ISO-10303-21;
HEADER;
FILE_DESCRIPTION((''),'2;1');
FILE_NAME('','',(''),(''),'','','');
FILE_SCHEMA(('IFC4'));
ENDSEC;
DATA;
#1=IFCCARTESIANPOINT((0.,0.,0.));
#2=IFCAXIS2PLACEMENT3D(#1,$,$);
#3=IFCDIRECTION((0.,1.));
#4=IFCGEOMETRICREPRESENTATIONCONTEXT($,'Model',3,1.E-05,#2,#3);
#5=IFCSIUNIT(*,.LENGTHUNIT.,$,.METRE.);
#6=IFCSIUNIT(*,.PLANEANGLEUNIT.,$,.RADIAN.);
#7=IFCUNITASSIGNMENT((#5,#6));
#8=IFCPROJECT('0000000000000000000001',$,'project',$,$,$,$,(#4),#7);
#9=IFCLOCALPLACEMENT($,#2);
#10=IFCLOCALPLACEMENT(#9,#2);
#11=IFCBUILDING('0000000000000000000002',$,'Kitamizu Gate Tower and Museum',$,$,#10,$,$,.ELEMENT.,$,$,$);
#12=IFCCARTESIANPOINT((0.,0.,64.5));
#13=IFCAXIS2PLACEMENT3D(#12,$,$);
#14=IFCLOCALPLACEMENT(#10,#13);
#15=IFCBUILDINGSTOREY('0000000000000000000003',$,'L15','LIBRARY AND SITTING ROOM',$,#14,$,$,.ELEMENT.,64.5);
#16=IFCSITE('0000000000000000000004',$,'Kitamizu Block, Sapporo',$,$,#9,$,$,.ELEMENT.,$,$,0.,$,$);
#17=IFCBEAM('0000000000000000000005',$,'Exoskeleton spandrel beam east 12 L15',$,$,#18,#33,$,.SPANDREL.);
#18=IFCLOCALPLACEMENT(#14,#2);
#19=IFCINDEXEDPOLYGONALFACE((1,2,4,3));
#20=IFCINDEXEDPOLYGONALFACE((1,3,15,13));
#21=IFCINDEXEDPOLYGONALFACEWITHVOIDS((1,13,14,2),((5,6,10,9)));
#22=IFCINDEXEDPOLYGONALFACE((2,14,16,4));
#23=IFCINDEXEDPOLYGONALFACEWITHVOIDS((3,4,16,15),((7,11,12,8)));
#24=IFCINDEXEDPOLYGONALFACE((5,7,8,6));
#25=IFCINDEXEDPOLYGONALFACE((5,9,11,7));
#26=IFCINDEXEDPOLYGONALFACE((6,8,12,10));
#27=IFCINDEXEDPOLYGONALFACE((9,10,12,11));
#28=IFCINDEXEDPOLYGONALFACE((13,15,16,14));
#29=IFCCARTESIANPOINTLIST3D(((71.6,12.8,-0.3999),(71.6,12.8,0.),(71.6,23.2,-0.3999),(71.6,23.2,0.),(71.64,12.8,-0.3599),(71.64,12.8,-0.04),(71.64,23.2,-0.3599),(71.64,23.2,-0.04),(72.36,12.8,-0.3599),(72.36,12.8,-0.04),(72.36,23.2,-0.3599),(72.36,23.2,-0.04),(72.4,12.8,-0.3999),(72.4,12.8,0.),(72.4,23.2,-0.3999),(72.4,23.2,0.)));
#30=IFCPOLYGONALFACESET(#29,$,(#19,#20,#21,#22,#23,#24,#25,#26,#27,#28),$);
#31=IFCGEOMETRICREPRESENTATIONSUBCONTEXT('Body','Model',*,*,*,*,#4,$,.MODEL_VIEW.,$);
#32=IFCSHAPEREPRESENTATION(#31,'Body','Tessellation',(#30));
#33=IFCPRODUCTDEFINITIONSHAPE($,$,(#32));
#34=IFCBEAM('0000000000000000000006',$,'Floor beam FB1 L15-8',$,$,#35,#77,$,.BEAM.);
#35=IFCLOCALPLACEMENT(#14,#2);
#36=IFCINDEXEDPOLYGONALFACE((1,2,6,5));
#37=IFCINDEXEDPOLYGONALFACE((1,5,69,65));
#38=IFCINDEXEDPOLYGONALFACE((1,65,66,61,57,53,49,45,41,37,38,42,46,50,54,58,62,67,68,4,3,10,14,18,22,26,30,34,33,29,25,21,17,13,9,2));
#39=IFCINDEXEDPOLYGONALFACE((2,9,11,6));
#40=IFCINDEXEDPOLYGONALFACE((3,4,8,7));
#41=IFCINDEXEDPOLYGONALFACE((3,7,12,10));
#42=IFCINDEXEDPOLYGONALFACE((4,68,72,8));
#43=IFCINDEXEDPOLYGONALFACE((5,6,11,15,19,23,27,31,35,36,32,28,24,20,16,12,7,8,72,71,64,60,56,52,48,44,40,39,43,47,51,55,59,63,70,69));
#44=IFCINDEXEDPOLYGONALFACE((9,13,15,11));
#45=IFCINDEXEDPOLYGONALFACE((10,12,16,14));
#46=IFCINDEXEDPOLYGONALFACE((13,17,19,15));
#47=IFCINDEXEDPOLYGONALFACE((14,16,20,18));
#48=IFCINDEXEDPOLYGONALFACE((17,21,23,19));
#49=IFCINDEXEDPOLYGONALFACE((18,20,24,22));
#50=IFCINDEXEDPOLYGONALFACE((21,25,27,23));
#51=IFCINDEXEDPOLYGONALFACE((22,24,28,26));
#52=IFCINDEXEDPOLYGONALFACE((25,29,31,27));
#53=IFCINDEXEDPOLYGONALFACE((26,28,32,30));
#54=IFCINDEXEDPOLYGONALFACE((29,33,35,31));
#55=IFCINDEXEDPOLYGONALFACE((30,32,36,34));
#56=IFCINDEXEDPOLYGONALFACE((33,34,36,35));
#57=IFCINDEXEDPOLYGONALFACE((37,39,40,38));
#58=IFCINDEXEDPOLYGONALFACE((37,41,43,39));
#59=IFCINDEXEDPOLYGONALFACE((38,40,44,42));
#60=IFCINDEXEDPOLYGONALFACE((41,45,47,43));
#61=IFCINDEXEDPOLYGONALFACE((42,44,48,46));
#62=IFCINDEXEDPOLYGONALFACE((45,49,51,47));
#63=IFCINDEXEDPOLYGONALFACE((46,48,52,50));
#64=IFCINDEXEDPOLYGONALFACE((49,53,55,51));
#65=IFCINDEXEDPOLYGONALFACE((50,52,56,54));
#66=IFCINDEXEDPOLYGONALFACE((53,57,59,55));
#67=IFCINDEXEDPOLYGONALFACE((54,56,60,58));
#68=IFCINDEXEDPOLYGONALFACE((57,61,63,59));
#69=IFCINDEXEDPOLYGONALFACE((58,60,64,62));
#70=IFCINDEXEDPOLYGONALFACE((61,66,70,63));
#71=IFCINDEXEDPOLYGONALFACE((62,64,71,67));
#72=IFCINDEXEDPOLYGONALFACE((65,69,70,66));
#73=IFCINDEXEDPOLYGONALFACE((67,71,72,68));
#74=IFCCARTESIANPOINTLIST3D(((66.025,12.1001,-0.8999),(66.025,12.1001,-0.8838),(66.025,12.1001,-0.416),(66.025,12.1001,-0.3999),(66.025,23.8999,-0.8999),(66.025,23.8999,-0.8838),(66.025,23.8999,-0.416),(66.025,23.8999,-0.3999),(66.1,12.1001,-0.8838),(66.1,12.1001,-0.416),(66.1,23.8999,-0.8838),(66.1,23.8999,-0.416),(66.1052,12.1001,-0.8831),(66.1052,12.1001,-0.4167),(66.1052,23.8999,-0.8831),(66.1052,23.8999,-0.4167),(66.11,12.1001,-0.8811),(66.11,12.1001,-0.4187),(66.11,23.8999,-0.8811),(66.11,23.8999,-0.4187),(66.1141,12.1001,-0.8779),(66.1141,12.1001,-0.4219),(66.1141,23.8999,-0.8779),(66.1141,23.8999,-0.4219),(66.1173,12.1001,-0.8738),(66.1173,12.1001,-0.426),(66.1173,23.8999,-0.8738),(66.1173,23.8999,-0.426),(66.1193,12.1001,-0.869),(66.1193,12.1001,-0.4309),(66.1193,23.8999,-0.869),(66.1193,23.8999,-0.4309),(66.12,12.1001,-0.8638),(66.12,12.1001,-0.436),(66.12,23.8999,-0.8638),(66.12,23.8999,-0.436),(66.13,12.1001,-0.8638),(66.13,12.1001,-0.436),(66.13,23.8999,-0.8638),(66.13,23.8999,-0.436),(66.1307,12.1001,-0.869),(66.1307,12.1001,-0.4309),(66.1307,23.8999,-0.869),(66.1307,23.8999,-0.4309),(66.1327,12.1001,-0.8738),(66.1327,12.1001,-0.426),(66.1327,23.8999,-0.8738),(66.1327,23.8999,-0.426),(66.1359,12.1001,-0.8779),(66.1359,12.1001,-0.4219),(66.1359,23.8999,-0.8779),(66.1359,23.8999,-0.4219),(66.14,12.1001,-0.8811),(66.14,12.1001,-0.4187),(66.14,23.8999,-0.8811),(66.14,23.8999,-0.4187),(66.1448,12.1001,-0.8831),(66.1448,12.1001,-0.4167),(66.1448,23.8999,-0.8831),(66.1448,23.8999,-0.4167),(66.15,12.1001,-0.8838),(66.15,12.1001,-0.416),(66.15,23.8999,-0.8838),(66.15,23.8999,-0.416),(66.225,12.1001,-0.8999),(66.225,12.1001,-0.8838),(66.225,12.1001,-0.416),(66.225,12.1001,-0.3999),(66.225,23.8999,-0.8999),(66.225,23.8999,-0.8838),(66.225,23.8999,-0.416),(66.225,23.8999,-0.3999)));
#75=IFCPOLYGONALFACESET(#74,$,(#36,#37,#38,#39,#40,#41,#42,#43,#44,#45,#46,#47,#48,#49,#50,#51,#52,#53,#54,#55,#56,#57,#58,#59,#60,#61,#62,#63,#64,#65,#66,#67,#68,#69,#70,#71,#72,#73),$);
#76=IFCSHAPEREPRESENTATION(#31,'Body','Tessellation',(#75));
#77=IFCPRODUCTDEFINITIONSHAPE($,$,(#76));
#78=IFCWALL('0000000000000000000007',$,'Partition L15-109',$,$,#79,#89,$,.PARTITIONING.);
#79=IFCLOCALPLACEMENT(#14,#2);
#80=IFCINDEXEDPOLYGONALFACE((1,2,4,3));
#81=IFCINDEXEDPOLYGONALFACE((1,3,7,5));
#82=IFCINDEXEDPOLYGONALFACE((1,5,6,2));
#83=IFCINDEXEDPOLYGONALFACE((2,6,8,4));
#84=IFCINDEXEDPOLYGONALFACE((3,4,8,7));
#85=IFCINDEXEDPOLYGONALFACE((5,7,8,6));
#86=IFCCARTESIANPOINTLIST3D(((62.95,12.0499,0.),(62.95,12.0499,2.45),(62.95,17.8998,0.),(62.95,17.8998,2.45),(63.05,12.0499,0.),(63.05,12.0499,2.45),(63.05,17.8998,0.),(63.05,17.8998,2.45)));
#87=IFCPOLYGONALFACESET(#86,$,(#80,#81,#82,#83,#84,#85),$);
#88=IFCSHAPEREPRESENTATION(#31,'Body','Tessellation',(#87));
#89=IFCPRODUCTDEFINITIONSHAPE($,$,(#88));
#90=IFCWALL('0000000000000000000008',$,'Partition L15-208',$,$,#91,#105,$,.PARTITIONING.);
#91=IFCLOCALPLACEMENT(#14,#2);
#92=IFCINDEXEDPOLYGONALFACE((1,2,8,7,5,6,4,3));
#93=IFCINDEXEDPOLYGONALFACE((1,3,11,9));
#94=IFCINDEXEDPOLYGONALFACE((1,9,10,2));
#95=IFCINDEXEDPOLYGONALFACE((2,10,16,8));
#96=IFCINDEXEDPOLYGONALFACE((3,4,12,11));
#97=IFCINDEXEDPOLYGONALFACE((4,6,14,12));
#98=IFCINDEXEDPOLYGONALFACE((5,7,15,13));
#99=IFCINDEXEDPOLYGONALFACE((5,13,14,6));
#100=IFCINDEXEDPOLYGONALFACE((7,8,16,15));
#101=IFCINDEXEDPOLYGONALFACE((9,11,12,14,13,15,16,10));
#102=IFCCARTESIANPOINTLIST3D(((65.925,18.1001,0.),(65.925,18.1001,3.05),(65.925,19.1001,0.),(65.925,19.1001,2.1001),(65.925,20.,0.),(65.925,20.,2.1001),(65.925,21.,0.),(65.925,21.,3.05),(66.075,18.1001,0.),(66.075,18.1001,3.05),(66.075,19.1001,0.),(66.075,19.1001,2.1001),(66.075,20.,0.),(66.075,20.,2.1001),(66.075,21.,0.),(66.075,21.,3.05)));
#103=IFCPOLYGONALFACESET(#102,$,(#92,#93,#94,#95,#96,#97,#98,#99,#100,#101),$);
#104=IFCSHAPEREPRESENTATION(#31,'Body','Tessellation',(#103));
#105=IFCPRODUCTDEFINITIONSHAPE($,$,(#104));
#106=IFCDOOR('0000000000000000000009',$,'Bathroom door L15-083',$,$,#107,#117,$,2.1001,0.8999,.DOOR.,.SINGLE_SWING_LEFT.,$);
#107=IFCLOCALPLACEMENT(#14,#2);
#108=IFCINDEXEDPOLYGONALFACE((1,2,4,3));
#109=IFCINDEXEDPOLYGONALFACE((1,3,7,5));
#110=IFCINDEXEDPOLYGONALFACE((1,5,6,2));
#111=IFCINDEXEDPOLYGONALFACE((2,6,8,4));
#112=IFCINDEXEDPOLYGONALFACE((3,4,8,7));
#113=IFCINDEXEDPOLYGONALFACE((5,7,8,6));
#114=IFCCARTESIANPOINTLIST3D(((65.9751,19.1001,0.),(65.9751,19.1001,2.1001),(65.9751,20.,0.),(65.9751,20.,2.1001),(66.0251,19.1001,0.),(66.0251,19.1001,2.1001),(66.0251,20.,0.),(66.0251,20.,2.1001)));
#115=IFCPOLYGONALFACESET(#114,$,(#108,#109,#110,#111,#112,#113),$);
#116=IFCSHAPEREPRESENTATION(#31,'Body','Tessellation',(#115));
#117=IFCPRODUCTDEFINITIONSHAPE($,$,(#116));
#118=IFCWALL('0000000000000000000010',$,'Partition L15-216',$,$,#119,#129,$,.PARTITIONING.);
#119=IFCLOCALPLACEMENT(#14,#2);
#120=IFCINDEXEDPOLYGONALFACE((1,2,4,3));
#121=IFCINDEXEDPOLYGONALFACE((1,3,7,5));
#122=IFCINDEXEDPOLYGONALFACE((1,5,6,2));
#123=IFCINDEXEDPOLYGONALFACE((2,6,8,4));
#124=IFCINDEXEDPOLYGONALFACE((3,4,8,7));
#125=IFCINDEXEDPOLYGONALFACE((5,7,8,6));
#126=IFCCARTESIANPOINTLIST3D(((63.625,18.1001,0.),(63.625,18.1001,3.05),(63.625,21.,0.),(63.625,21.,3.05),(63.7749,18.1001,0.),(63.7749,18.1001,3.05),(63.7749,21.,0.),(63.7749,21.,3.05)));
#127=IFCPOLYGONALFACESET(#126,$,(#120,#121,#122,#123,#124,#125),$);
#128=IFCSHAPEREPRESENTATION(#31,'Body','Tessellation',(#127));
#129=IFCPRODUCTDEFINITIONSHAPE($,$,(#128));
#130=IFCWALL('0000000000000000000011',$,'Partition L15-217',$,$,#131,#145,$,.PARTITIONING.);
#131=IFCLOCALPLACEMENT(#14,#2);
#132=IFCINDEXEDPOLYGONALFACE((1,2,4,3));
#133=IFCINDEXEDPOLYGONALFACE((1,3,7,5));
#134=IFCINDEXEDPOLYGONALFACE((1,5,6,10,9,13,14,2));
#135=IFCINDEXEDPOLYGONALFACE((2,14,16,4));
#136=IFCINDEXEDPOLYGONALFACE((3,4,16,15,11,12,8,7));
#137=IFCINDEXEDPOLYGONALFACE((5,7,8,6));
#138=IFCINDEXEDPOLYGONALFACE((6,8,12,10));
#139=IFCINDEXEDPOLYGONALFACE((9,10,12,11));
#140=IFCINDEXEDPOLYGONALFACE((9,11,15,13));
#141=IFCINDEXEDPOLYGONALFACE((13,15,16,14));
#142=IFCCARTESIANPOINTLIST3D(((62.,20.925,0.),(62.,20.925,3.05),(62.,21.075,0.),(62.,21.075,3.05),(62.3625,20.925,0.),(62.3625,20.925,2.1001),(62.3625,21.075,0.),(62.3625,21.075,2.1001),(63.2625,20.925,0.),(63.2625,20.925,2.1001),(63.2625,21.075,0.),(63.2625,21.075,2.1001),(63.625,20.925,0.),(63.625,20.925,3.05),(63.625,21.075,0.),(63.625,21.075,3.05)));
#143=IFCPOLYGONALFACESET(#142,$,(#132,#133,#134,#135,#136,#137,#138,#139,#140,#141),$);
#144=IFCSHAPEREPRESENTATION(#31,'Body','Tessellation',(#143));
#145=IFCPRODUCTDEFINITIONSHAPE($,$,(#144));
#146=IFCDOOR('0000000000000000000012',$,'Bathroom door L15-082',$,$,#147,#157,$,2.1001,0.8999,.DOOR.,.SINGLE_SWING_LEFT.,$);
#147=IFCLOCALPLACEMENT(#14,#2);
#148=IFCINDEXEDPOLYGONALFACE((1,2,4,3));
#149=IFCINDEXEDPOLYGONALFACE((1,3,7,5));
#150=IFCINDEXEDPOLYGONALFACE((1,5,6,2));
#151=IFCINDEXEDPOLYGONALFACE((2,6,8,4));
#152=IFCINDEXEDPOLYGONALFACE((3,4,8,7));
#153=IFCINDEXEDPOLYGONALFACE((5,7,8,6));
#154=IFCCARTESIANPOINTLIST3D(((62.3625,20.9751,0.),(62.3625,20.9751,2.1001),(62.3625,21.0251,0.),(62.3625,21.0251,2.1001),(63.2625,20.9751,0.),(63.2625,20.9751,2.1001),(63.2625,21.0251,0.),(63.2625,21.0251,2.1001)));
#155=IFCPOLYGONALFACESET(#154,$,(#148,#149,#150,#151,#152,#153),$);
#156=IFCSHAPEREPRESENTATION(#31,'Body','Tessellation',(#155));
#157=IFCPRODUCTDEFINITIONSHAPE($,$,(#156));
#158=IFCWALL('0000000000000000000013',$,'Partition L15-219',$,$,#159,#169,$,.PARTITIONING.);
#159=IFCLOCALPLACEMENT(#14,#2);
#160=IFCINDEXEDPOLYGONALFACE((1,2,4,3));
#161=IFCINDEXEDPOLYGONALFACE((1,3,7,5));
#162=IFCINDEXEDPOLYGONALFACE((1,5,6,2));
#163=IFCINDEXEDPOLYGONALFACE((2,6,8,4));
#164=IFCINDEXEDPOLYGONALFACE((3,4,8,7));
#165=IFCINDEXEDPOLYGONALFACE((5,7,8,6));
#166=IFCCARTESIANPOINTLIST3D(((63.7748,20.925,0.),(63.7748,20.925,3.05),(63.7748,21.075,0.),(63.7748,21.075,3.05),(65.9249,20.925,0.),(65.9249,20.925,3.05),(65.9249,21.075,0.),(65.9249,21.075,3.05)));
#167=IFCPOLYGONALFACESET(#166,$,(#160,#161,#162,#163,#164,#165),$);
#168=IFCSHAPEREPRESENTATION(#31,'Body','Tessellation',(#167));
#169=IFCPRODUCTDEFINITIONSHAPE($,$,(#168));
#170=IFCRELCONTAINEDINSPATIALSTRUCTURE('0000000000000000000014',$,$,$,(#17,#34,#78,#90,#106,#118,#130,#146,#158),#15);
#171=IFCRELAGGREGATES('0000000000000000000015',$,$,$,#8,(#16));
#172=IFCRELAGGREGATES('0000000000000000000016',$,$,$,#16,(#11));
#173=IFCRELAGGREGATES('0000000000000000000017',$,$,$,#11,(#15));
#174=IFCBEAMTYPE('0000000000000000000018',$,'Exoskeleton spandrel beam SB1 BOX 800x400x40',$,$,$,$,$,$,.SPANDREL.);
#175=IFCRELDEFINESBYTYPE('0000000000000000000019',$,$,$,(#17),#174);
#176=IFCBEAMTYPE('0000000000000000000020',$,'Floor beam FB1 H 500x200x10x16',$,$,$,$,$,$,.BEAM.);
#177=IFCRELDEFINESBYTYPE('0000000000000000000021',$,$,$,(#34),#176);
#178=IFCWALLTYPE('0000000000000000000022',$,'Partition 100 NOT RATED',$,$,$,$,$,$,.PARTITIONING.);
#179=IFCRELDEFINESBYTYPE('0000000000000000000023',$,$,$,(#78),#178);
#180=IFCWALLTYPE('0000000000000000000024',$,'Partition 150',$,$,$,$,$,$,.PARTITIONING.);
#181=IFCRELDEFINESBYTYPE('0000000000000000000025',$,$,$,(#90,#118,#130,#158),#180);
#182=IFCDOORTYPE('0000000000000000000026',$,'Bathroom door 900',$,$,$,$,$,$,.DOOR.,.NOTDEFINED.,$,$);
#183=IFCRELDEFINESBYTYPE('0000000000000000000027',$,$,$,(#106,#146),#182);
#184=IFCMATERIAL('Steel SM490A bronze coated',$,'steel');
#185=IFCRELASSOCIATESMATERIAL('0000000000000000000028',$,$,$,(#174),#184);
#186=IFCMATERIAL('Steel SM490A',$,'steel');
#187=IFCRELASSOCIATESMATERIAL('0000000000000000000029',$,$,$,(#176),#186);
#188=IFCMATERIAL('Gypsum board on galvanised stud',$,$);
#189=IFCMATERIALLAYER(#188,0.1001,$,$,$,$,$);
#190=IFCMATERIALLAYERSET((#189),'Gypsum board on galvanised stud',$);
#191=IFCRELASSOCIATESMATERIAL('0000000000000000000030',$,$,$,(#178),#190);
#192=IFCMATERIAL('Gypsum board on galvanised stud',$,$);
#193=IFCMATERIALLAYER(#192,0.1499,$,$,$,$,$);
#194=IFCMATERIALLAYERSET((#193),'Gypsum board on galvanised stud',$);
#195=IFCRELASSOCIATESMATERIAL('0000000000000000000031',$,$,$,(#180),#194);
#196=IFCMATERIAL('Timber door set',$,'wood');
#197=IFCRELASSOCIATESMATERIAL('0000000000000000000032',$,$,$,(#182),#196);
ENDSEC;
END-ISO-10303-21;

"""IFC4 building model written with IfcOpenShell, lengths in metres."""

from ifc_helpers import new_model, si_unit, direction, frame, frame_2d, origin, origin_2d, place, context, subcontext, project, spatial, rectangle, hollow_rectangle, i_section, extrude, material, layer, layer_set, material_profile, profile_set, type_object, element, fill, save


model = new_model("IFC4")

# Units and contexts
model_context = context("Model", 3, precision=1e-05, world=origin(), true_north=direction((0.0, 1.0)))
body_context = subcontext(model_context, "Body", "Model", "MODEL_VIEW")
ifc_project = project(units=[si_unit("LENGTHUNIT", "METRE"), si_unit("PLANEANGLEUNIT", "RADIAN")], contexts=[model_context])

# Site, building, storey
site_placement = place(None, origin())
site = spatial("IfcSite", under=ifc_project, at=site_placement, Name="Kitamizu Block, Sapporo", CompositionType="ELEMENT", RefElevation=0.0)
building_placement = place(site_placement, origin())
building = spatial("IfcBuilding", under=site, at=building_placement, Name="Kitamizu Gate Tower and Museum", CompositionType="ELEMENT")
storey_placement = place(building_placement, frame((0.0, 0.0, 64.5)))
storey = spatial("IfcBuildingStorey", under=building, at=storey_placement, Name="L15", Description="LIBRARY AND SITTING ROOM", CompositionType="ELEMENT", Elevation=64.5)

# Beams
ifc_material_1 = material(Name="Steel SM490A bronze coated", Category="steel")
ifc_material_profile_1 = material_profile(ifc_material_1, hollow_rectangle(XDim=0.8, YDim=0.3999, WallThickness=0.04, at=origin_2d()), Name="BOX 800x400x40")
ifc_profile_set_1 = profile_set([ifc_material_profile_1], Name="Steel SM490A bronze coated")
beam_type_1 = type_object("IfcBeamType", Name="Exoskeleton spandrel beam SB1 BOX 800x400x40", PredefinedType="SPANDREL", material=ifc_profile_set_1)
beam_1_placement = place(storey_placement, frame((72.0, 12.8, -0.2), z_axis=(0.0, 1.0, 0.0), x_axis=(-1.0, 0.0, 0.0)))
element("IfcBeam", 1, at=beam_1_placement, inside=storey, type_object=beam_type_1, Name="Exoskeleton spandrel beam east 12 L15", PredefinedType="SPANDREL", context=body_context, shape_type="SweptSolid", body=[
    extrude(hollow_rectangle(XDim=0.8, YDim=0.3999, WallThickness=0.04, at=origin_2d()), origin(), (0.0, 0.0, 1.0), 10.3999),
])
ifc_material_2 = material(Name="Steel SM490A", Category="steel")
ifc_material_profile_2 = material_profile(ifc_material_2, i_section(OverallWidth=0.2, OverallDepth=0.5, WebThickness=0.01, FlangeThickness=0.0161, FilletRadius=0.02, at=origin_2d()), Name="H-500x200x10x16")
ifc_profile_set_2 = profile_set([ifc_material_profile_2], Name="Steel SM490A")
beam_type_2 = type_object("IfcBeamType", Name="Floor beam FB1 H 500x200x10x16", PredefinedType="BEAM", material=ifc_profile_set_2)
beam_2_placement = place(storey_placement, frame((66.125, 12.1001, -0.6499), z_axis=(0.0, 1.0, 0.0), x_axis=(-1.0, 0.0, 0.0)))
element("IfcBeam", 2, at=beam_2_placement, inside=storey, type_object=beam_type_2, Name="Floor beam FB1 L15-8", PredefinedType="BEAM", context=body_context, shape_type="SweptSolid", body=[
    extrude(i_section(OverallWidth=0.2, OverallDepth=0.5, WebThickness=0.01, FlangeThickness=0.0161, FilletRadius=0.02, at=origin_2d()), origin(), (0.0, 0.0, 1.0), 11.7998),
])

# Wall
ifc_material_3 = material(Name="Gypsum board on galvanised stud")
ifc_layer_1 = layer(ifc_material_3, 0.1001)
ifc_layer_set_1 = layer_set([ifc_layer_1], Name="Gypsum board on galvanised stud")
wall_type_1 = type_object("IfcWallType", Name="Partition 100 NOT RATED", PredefinedType="PARTITIONING", material=ifc_layer_set_1)
wall_1_placement = place(storey_placement, frame((63.0, 12.05, 0.0), z_axis=(0.0, 0.0, 1.0), x_axis=(0.0, 1.0, 0.0)))
element("IfcWall", 3, at=wall_1_placement, inside=storey, type_object=wall_type_1, Name="Partition L15-109", PredefinedType="PARTITIONING", context=body_context, shape_type="SweptSolid", body=[
    extrude(rectangle(XDim=5.8499, YDim=0.1001, at=frame_2d((2.9248, 0.0))), origin(), (0.0, 0.0, 1.0), 2.45),
])

# Wall, opening, door
ifc_material_4 = material(Name="Gypsum board on galvanised stud")
ifc_layer_2 = layer(ifc_material_4, 0.1499)
ifc_layer_set_2 = layer_set([ifc_layer_2], Name="Gypsum board on galvanised stud")
wall_type_2 = type_object("IfcWallType", Name="Partition 150", PredefinedType="PARTITIONING", material=ifc_layer_set_2)
wall_2_placement = place(storey_placement, frame((66.0, 21.0, 0.0), z_axis=(0.0, 0.0, 1.0), x_axis=(0.0, -1.0, 0.0)))
wall_2 = element("IfcWall", 4, at=wall_2_placement, inside=storey, type_object=wall_type_2, Name="Partition L15-208", PredefinedType="PARTITIONING", context=body_context, shape_type="SweptSolid", body=[
    extrude(rectangle(XDim=2.8999, YDim=0.1499, at=frame_2d((1.45, 0.0))), origin(), (0.0, 0.0, 1.0), 3.05),
])
opening_1_placement = place(wall_2_placement, frame((1.0, 0.0, 0.0)))
opening_1 = element("IfcOpeningElement", 5, at=opening_1_placement, cuts=wall_2, PredefinedType="OPENING", context=body_context, shape_type="SweptSolid", body=[
    extrude(rectangle(XDim=0.8999, YDim=2.1001, at=frame_2d((0.45, 1.05))), frame((0.0, 0.085, 0.0), z_axis=(0.0, -1.0, 0.0), x_axis=(1.0, 0.0, 0.0)), (0.0, 0.0, 1.0), 0.1699),
])
ifc_material_5 = material(Name="Timber door set", Category="wood")
door_type = type_object("IfcDoorType", Name="Bathroom door 900", OperationType="NOTDEFINED", PredefinedType="DOOR", material=ifc_material_5)
door_1_placement = place(opening_1_placement, frame((0.8999, 0.0, 0.0), x_axis=(-1.0, 0.0, 0.0)))
door_1 = element("IfcDoor", 6, at=door_1_placement, inside=storey, type_object=door_type, Name="Bathroom door L15-083", OperationType="SINGLE_SWING_LEFT", OverallHeight=2.1001, OverallWidth=0.8999, PredefinedType="DOOR", context=body_context, shape_type="SweptSolid", body=[
    extrude(rectangle(XDim=0.8999, YDim=2.1001, at=frame_2d((0.45, 1.05))), frame((0.0, 0.0249, 0.0), z_axis=(0.0, -1.0, 0.0), x_axis=(1.0, 0.0, 0.0)), (0.0, 0.0, 1.0), 0.05),
])
fill(opening_1, door_1)

# Wall
wall_3_placement = place(storey_placement, frame((63.7, 18.1001, 0.0), z_axis=(0.0, 0.0, 1.0), x_axis=(0.0, 1.0, 0.0)))
element("IfcWall", 7, at=wall_3_placement, inside=storey, type_object=wall_type_2, Name="Partition L15-216", PredefinedType="PARTITIONING", context=body_context, shape_type="SweptSolid", body=[
    extrude(rectangle(XDim=2.8999, YDim=0.1499, at=frame_2d((1.45, 0.0))), origin(), (0.0, 0.0, 1.0), 3.05),
])

# Wall, opening, door
wall_4_placement = place(storey_placement, frame((63.625, 21.0, 0.0), z_axis=(0.0, 0.0, 1.0), x_axis=(-1.0, 0.0, 0.0)))
wall_4 = element("IfcWall", 8, at=wall_4_placement, inside=storey, type_object=wall_type_2, Name="Partition L15-217", PredefinedType="PARTITIONING", context=body_context, shape_type="SweptSolid", body=[
    extrude(rectangle(XDim=1.625, YDim=0.1499, at=frame_2d((0.8125, 0.0))), origin(), (0.0, 0.0, 1.0), 3.05),
])
opening_2_placement = place(wall_4_placement, frame((0.3625, 0.0, 0.0)))
opening_2 = element("IfcOpeningElement", 9, at=opening_2_placement, cuts=wall_4, PredefinedType="OPENING", context=body_context, shape_type="SweptSolid", body=[
    extrude(rectangle(XDim=0.8999, YDim=2.1001, at=frame_2d((0.45, 1.05))), frame((0.0, 0.085, 0.0), z_axis=(0.0, -1.0, 0.0), x_axis=(1.0, 0.0, 0.0)), (0.0, 0.0, 1.0), 0.1699),
])
door_2_placement = place(opening_2_placement, origin())
door_2 = element("IfcDoor", 10, at=door_2_placement, inside=storey, type_object=door_type, Name="Bathroom door L15-082", OperationType="SINGLE_SWING_LEFT", OverallHeight=2.1001, OverallWidth=0.8999, PredefinedType="DOOR", context=body_context, shape_type="SweptSolid", body=[
    extrude(rectangle(XDim=0.8999, YDim=2.1001, at=frame_2d((0.45, 1.05))), frame((0.0, 0.0249, 0.0), z_axis=(0.0, -1.0, 0.0), x_axis=(1.0, 0.0, 0.0)), (0.0, 0.0, 1.0), 0.05),
])
fill(opening_2, door_2)

# Wall
wall_5_placement = place(storey_placement, frame((65.925, 21.0, 0.0), z_axis=(0.0, 0.0, 1.0), x_axis=(-1.0, 0.0, 0.0)))
element("IfcWall", 11, at=wall_5_placement, inside=storey, type_object=wall_type_2, Name="Partition L15-219", PredefinedType="PARTITIONING", context=body_context, shape_type="SweptSolid", body=[
    extrude(rectangle(XDim=2.1501, YDim=0.1499, at=frame_2d((1.0752, 0.0))), origin(), (0.0, 0.0, 1.0), 3.05),
])

save(model, "model.ifc")
